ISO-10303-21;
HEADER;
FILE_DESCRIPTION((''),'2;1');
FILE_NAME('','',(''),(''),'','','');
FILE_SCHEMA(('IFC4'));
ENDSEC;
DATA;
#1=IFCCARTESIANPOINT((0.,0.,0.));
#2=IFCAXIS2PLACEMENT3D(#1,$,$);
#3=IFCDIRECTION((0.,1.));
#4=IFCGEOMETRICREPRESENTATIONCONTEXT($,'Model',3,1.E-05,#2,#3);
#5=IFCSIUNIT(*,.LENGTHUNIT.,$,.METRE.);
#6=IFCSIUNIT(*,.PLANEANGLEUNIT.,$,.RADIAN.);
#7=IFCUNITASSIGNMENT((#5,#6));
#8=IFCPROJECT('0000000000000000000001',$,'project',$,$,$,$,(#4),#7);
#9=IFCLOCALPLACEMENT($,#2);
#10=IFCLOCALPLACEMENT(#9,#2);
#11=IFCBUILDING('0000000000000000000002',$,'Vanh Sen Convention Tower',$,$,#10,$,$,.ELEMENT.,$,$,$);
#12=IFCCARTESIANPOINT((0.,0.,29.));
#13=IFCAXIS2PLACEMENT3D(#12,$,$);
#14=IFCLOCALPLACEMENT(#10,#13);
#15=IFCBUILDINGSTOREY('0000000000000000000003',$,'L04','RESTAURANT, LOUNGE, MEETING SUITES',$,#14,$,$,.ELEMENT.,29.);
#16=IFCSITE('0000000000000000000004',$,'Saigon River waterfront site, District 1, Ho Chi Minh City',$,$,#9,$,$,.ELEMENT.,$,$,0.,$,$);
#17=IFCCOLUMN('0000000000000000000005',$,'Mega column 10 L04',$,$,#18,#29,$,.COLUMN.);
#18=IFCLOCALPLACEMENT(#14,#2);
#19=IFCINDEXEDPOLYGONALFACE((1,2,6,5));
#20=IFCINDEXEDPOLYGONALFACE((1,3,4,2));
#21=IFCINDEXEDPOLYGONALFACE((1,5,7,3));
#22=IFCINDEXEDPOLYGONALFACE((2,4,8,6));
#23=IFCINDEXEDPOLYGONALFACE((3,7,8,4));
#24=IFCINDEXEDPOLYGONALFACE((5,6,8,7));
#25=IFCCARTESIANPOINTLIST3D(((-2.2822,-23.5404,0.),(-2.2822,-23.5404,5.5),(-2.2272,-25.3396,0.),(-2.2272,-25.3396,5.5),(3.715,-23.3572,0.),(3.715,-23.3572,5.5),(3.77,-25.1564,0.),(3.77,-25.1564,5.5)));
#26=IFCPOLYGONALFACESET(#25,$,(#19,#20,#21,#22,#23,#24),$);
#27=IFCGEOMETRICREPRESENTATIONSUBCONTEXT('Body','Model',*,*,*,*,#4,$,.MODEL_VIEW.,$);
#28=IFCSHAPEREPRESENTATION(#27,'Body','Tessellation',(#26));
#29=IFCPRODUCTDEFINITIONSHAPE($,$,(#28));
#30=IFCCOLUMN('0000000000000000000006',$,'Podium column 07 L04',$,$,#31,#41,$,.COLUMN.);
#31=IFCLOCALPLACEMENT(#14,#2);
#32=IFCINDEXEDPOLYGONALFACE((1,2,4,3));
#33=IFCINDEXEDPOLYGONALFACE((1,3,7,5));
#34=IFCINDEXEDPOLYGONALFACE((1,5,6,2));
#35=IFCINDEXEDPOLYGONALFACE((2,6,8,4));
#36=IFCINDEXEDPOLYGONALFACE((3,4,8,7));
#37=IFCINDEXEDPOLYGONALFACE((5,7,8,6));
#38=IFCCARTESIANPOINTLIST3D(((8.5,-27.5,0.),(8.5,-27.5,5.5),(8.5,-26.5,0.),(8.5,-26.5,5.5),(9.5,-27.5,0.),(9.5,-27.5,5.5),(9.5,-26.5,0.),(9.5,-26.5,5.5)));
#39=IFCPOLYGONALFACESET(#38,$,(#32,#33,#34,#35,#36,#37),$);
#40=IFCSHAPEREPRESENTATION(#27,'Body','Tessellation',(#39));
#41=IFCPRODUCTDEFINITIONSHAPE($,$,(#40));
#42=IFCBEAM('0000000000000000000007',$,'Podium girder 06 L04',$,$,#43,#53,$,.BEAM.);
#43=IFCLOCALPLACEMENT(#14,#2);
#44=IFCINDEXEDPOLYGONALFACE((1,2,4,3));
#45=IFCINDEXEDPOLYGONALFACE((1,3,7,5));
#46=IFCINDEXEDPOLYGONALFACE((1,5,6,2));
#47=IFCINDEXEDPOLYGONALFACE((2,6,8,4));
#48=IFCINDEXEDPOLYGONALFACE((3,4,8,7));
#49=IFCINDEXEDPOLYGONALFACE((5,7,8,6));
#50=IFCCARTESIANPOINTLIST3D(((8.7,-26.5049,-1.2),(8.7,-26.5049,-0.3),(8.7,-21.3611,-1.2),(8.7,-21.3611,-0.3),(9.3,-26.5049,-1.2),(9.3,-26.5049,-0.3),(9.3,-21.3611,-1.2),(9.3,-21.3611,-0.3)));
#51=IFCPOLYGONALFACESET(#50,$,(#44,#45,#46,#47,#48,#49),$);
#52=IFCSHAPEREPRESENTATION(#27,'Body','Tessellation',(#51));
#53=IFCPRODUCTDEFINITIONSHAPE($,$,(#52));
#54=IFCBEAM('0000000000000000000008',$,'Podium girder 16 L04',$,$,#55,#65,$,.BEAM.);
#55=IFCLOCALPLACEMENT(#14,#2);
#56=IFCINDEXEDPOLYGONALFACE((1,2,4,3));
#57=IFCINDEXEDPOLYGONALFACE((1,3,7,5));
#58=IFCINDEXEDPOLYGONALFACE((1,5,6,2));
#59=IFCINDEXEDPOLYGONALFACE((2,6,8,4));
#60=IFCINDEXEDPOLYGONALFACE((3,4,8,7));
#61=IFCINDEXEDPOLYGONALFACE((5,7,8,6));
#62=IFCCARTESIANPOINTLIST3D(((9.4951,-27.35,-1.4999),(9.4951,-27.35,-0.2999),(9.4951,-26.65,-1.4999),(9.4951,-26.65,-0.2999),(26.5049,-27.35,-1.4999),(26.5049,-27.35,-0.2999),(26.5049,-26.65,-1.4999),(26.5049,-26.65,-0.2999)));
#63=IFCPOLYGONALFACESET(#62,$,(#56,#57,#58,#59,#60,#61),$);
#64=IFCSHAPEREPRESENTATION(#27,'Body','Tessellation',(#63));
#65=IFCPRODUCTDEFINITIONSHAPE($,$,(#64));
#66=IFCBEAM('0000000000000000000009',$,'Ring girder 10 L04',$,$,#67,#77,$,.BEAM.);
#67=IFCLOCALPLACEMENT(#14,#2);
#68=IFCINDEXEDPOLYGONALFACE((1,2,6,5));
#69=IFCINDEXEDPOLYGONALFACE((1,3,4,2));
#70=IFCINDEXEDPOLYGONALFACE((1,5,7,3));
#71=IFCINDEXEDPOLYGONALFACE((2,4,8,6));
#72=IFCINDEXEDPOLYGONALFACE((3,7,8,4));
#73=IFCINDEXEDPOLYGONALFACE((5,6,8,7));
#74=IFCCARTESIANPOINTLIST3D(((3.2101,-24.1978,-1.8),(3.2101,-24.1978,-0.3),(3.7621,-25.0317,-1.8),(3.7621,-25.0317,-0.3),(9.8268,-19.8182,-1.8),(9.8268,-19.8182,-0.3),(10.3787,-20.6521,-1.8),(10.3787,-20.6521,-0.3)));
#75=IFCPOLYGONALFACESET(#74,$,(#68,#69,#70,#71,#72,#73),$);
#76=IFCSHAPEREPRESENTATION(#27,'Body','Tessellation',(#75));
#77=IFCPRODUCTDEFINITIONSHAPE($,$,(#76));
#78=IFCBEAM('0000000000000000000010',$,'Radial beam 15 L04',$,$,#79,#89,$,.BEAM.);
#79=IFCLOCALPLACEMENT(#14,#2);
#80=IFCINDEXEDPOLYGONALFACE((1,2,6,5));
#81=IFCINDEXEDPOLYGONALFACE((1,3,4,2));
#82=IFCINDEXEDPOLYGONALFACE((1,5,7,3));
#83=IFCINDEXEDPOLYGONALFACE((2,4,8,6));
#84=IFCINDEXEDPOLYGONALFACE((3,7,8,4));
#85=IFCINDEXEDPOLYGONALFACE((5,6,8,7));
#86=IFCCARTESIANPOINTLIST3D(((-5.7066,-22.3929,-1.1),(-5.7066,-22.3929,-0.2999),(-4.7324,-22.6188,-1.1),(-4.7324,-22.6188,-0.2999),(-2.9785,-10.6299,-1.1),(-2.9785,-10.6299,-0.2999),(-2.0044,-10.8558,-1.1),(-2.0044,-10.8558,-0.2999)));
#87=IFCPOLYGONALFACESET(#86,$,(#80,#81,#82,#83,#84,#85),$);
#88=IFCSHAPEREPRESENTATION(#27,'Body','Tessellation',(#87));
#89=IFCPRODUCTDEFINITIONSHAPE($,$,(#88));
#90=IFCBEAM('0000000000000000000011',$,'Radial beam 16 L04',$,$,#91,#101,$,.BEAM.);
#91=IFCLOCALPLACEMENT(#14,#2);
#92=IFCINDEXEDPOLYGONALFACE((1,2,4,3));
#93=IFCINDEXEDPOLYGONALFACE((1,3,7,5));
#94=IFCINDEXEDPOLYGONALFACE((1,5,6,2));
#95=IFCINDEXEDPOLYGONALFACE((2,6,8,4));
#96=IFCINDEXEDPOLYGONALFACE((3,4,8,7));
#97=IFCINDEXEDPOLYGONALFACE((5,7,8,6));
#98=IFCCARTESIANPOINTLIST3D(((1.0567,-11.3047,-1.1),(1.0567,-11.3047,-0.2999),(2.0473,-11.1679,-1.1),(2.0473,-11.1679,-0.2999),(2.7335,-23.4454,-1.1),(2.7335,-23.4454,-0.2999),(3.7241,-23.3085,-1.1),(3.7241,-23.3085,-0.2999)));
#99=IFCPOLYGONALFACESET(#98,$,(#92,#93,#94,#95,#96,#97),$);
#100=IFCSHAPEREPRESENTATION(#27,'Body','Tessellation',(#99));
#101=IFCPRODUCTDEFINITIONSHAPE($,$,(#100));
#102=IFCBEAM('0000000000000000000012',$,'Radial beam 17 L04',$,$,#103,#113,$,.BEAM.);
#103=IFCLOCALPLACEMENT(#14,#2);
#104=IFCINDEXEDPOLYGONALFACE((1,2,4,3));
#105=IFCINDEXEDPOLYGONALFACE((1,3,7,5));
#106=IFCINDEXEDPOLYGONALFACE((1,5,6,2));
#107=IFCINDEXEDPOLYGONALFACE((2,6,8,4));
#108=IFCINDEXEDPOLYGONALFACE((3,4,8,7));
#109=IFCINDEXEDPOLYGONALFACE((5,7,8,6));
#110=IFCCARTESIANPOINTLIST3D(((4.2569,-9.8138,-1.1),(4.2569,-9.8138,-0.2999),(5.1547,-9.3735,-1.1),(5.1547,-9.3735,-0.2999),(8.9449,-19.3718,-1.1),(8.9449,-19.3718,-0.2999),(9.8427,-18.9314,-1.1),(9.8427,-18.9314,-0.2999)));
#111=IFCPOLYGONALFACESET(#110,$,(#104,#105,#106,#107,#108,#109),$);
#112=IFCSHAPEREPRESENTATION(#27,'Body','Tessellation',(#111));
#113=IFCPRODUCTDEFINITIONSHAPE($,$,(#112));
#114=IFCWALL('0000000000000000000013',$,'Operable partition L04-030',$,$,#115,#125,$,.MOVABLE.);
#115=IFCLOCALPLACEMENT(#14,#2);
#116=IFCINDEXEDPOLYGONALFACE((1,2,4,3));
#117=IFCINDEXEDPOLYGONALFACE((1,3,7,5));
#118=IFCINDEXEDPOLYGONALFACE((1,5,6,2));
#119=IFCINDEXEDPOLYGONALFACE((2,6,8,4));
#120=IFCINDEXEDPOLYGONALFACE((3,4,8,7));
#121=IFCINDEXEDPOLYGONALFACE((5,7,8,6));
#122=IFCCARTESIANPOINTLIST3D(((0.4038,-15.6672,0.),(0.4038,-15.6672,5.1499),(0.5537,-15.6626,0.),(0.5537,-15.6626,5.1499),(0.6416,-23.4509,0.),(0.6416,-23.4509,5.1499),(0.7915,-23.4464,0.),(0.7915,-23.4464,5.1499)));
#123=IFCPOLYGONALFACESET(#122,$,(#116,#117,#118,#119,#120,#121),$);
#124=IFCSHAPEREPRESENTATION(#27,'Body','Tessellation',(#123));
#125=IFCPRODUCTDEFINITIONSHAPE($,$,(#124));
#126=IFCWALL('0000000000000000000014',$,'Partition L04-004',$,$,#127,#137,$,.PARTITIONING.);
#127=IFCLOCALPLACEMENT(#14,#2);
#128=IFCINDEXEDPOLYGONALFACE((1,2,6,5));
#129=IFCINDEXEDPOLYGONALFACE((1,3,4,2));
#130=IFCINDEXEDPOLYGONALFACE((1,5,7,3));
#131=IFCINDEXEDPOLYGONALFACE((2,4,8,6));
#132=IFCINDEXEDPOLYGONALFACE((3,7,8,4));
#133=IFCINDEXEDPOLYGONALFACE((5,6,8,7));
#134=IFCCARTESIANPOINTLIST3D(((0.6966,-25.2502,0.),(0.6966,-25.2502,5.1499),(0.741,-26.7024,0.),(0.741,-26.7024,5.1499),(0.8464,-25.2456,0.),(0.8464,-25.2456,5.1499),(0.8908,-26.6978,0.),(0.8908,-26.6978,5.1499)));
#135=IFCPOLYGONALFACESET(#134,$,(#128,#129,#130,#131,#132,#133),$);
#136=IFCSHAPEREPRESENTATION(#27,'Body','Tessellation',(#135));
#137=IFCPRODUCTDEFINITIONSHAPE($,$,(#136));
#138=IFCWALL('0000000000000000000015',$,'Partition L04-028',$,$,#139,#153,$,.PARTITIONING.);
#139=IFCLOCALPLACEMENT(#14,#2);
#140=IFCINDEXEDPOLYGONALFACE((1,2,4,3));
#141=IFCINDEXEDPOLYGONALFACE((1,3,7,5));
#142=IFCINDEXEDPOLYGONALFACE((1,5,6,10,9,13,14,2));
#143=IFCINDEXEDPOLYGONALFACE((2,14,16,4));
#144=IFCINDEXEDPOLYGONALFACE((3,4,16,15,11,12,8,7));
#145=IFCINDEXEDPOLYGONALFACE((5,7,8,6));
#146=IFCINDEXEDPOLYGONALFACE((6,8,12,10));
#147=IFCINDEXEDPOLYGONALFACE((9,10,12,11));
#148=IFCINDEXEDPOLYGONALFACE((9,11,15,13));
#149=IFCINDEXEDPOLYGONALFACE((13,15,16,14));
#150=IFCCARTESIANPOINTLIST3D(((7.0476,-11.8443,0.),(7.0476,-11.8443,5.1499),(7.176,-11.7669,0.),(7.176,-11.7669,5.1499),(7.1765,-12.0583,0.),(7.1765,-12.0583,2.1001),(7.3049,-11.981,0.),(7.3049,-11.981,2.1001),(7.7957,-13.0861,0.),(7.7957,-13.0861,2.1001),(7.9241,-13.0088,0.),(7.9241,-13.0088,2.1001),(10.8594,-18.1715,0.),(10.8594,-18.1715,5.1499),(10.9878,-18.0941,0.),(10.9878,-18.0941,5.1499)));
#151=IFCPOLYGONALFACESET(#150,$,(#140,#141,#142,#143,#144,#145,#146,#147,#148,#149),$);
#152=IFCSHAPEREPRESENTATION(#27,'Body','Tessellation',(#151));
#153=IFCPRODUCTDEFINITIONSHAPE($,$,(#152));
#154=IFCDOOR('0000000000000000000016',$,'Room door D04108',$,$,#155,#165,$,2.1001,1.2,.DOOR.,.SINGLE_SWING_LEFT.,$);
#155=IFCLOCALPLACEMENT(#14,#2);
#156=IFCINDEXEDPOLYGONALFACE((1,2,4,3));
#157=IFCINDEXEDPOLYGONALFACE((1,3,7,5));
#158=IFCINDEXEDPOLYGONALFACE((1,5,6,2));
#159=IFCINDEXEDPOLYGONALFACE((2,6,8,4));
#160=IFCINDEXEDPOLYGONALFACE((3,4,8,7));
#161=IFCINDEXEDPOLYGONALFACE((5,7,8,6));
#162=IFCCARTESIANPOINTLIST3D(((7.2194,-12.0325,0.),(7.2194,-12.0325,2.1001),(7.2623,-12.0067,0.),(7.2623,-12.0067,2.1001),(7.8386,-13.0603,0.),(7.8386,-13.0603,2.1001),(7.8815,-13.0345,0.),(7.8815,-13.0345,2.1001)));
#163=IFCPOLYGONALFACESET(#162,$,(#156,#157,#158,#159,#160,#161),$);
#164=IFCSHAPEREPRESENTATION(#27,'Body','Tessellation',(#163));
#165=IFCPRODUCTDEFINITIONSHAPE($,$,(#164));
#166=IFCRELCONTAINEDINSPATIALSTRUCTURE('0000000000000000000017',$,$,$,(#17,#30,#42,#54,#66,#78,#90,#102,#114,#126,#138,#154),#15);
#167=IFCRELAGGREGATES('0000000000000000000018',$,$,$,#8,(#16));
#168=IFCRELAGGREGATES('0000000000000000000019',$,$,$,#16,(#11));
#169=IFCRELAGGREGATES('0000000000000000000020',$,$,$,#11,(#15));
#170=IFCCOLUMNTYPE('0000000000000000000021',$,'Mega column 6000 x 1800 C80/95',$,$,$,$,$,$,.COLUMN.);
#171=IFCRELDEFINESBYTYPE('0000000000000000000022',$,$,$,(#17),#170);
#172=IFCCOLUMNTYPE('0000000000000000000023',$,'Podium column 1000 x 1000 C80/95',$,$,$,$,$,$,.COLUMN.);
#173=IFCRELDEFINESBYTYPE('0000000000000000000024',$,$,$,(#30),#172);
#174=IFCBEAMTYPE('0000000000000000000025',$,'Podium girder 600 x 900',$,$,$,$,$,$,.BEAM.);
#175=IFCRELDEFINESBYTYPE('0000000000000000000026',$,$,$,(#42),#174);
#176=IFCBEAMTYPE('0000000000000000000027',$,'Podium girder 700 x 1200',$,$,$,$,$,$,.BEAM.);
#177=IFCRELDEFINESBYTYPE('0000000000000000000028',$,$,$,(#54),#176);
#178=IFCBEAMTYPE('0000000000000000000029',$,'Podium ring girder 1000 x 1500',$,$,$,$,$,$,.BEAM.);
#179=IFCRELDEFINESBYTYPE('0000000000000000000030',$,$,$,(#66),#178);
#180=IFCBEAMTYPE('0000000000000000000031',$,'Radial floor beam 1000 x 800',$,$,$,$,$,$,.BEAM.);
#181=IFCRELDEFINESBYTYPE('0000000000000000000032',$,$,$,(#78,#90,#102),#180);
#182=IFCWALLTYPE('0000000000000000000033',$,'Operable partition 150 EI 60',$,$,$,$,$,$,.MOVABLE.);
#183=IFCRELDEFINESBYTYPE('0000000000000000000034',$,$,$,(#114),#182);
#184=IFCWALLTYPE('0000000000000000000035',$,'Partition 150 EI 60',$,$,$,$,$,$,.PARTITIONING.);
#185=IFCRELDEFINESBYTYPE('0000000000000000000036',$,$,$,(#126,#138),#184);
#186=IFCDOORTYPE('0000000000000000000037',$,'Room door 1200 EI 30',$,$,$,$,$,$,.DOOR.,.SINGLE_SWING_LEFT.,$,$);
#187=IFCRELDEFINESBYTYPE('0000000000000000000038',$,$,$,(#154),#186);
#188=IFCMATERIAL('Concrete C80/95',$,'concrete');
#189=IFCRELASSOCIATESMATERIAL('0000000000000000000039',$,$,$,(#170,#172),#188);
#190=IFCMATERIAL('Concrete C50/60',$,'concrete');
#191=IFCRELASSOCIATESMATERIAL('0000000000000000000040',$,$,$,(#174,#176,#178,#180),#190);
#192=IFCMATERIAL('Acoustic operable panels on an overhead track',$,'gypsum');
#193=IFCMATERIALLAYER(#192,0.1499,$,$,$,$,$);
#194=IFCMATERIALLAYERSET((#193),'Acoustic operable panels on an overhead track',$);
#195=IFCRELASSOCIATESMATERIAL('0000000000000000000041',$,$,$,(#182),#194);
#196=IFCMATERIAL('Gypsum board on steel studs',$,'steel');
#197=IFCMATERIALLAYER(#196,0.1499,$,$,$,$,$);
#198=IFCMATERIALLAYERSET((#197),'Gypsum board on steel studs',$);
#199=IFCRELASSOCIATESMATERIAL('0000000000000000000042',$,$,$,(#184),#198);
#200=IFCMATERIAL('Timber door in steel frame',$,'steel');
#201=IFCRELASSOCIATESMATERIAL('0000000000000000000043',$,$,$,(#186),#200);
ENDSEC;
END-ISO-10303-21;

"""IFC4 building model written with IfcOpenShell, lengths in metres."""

from ifc_helpers import new_model, si_unit, direction, frame, frame_2d, origin, origin_2d, place, context, subcontext, project, spatial, rectangle, extrude, material, layer, layer_set, material_profile, profile_set, type_object, element, fill, save


model = new_model("IFC4")

# Units and contexts
model_context = context("Model", 3, precision=1e-05, world=origin(), true_north=direction((0.0, 1.0)))
body_context = subcontext(model_context, "Body", "Model", "MODEL_VIEW")
ifc_project = project(units=[si_unit("LENGTHUNIT", "METRE"), si_unit("PLANEANGLEUNIT", "RADIAN")], contexts=[model_context])

# Site, building, storey
site_placement = place(None, origin())
site = spatial("IfcSite", under=ifc_project, at=site_placement, Name="Saigon River waterfront site, District 1, Ho Chi Minh City", CompositionType="ELEMENT", RefElevation=0.0)
building_placement = place(site_placement, origin())
building = spatial("IfcBuilding", under=site, at=building_placement, Name="Vanh Sen Convention Tower", CompositionType="ELEMENT")
storey_placement = place(building_placement, frame((0.0, 0.0, 29.0)))
storey = spatial("IfcBuildingStorey", under=building, at=storey_placement, Name="L04", Description="RESTAURANT, LOUNGE, MEETING SUITES", CompositionType="ELEMENT", Elevation=29.0)

# Columns
ifc_material_1 = material(Name="Concrete C80/95", Category="concrete")
ifc_material_profile_1 = material_profile(ifc_material_1, rectangle(XDim=6.0, YDim=1.8, at=origin_2d()), Name="RC 6000X1800")
ifc_profile_set_1 = profile_set([ifc_material_profile_1], Name="Concrete C80/95")
column_type_1 = type_object("IfcColumnType", Name="Mega column 6000 x 1800 C80/95", PredefinedType="COLUMN", material=ifc_profile_set_1)
column_1_placement = place(storey_placement, frame((0.7439, -24.3484, 0.0), z_axis=(0.0, 0.0, 1.0), x_axis=(0.999533, 0.030542, 0.0)))
element("IfcColumn", 1, at=column_1_placement, inside=storey, type_object=column_type_1, Name="Mega column 10 L04", PredefinedType="COLUMN", context=body_context, shape_type="SweptSolid", body=[
    extrude(rectangle(XDim=6.0, YDim=1.8, at=origin_2d()), origin(), (0.0, 0.0, 1.0), 5.5),
])
ifc_material_profile_2 = material_profile(ifc_material_1, rectangle(XDim=1.0, YDim=1.0, at=origin_2d()), Name="RC 1000X1000")
ifc_profile_set_2 = profile_set([ifc_material_profile_2], Name="Concrete C80/95")
column_type_2 = type_object("IfcColumnType", Name="Podium column 1000 x 1000 C80/95", PredefinedType="COLUMN", material=ifc_profile_set_2)
column_2_placement = place(storey_placement, frame((9.0, -27.0, 0.0), z_axis=(0.0, 0.0, 1.0), x_axis=(1.0, 0.0, 0.0)))
element("IfcColumn", 2, at=column_2_placement, inside=storey, type_object=column_type_2, Name="Podium column 07 L04", PredefinedType="COLUMN", context=body_context, shape_type="SweptSolid", body=[
    extrude(rectangle(XDim=1.0, YDim=1.0, at=origin_2d()), origin(), (0.0, 0.0, 1.0), 5.5),
])

# Beams
ifc_material_2 = material(Name="Concrete C50/60", Category="concrete")
ifc_material_profile_3 = material_profile(ifc_material_2, rectangle(XDim=0.6001, YDim=0.8999, at=origin_2d()), Name="RC 600X900")
ifc_profile_set_3 = profile_set([ifc_material_profile_3], Name="Concrete C50/60")
beam_type_1 = type_object("IfcBeamType", Name="Podium girder 600 x 900", PredefinedType="BEAM", material=ifc_profile_set_3)
beam_1_placement = place(storey_placement, frame((9.0, -26.5049, -0.75), z_axis=(0.0, 1.0, 0.0), x_axis=(-1.0, 0.0, 0.0)))
element("IfcBeam", 3, at=beam_1_placement, inside=storey, type_object=beam_type_1, Name="Podium girder 06 L04", PredefinedType="BEAM", context=body_context, shape_type="SweptSolid", body=[
    extrude(rectangle(XDim=0.6001, YDim=0.8999, at=origin_2d()), origin(), (0.0, 0.0, 1.0), 5.1438),
])
ifc_material_profile_4 = material_profile(ifc_material_2, rectangle(XDim=0.7, YDim=1.2, at=origin_2d()), Name="RC 700X1200")
ifc_profile_set_4 = profile_set([ifc_material_profile_4], Name="Concrete C50/60")
beam_type_2 = type_object("IfcBeamType", Name="Podium girder 700 x 1200", PredefinedType="BEAM", material=ifc_profile_set_4)
beam_2_placement = place(storey_placement, frame((9.4951, -27.0, -0.8999), z_axis=(1.0, 0.0, 0.0), x_axis=(0.0, 1.0, 0.0)))
element("IfcBeam", 4, at=beam_2_placement, inside=storey, type_object=beam_type_2, Name="Podium girder 16 L04", PredefinedType="BEAM", context=body_context, shape_type="SweptSolid", body=[
    extrude(rectangle(XDim=0.7, YDim=1.2, at=origin_2d()), origin(), (0.0, 0.0, 1.0), 17.0098),
])
ifc_material_profile_5 = material_profile(ifc_material_2, rectangle(XDim=1.0, YDim=1.5, at=origin_2d()), Name="RC 1000X1500")
ifc_profile_set_5 = profile_set([ifc_material_profile_5], Name="Concrete C50/60")
beam_type_3 = type_object("IfcBeamType", Name="Podium ring girder 1000 x 1500", PredefinedType="BEAM", material=ifc_profile_set_5)
beam_3_placement = place(storey_placement, frame((3.4861, -24.6147, -1.05), z_axis=(0.833878, 0.551949, 0.0), x_axis=(-0.551949, 0.833878, 0.0)))
element("IfcBeam", 5, at=beam_3_placement, inside=storey, type_object=beam_type_3, Name="Ring girder 10 L04", PredefinedType="BEAM", context=body_context, shape_type="SweptSolid", body=[
    extrude(rectangle(XDim=1.0, YDim=1.5, at=origin_2d()), origin(), (0.0, 0.0, 1.0), 7.9348),
])
ifc_material_profile_6 = material_profile(ifc_material_2, rectangle(XDim=1.0, YDim=0.8, at=origin_2d()), Name="RC 1000X800")
ifc_profile_set_6 = profile_set([ifc_material_profile_6], Name="Concrete C50/60")
beam_type_4 = type_object("IfcBeamType", Name="Radial floor beam 1000 x 800", PredefinedType="BEAM", material=ifc_profile_set_6)
beam_4_placement = place(storey_placement, frame((-5.2195, -22.5059, -0.7), z_axis=(0.225921, 0.974146, 0.0), x_axis=(-0.974146, 0.225921, 0.0)))
element("IfcBeam", 6, at=beam_4_placement, inside=storey, type_object=beam_type_4, Name="Radial beam 15 L04", PredefinedType="BEAM", context=body_context, shape_type="SweptSolid", body=[
    extrude(rectangle(XDim=1.0, YDim=0.8, at=origin_2d()), origin(), (0.0, 0.0, 1.0), 12.0752),
])
beam_5_placement = place(storey_placement, frame((3.2288, -23.377, -0.7), z_axis=(-0.136813, 0.990597, 0.0), x_axis=(-0.990597, -0.136813, 0.0)))
element("IfcBeam", 7, at=beam_5_placement, inside=storey, type_object=beam_type_4, Name="Radial beam 16 L04", PredefinedType="BEAM", context=body_context, shape_type="SweptSolid", body=[
    extrude(rectangle(XDim=1.0, YDim=0.8, at=origin_2d()), origin(), (0.0, 0.0, 1.0), 12.2559),
])
beam_6_placement = place(storey_placement, frame((9.3938, -19.1516, -0.7), z_axis=(-0.440366, 0.897818, 0.0), x_axis=(-0.897818, -0.440366, 0.0)))
element("IfcBeam", 8, at=beam_6_placement, inside=storey, type_object=beam_type_4, Name="Radial beam 17 L04", PredefinedType="BEAM", context=body_context, shape_type="SweptSolid", body=[
    extrude(rectangle(XDim=1.0, YDim=0.8, at=origin_2d()), origin(), (0.0, 0.0, 1.0), 10.6458),
])

# Walls
ifc_material_3 = material(Name="Acoustic operable panels on an overhead track", Category="gypsum")
ifc_layer_1 = layer(ifc_material_3, 0.1499)
ifc_layer_set_1 = layer_set([ifc_layer_1], Name="Acoustic operable panels on an overhead track")
wall_type_1 = type_object("IfcWallType", Name="Operable partition 150 EI 60", PredefinedType="MOVABLE", material=ifc_layer_set_1)
wall_1_placement = place(storey_placement, frame((0.4788, -15.665, 0.0), z_axis=(0.0, 0.0, 1.0), x_axis=(0.030536, -0.999534, 0.0)))
element("IfcWall", 9, at=wall_1_placement, inside=storey, type_object=wall_type_1, Name="Operable partition L04-030", PredefinedType="MOVABLE", context=body_context, shape_type="SweptSolid", body=[
    extrude(rectangle(XDim=7.7874, YDim=0.1499, at=frame_2d((3.8936, 0.0))), origin(), (0.0, 0.0, 1.0), 5.1499),
])
ifc_material_4 = material(Name="Gypsum board on steel studs", Category="steel")
ifc_layer_2 = layer(ifc_material_4, 0.1499)
ifc_layer_set_2 = layer_set([ifc_layer_2], Name="Gypsum board on steel studs")
wall_type_2 = type_object("IfcWallType", Name="Partition 150 EI 60", PredefinedType="PARTITIONING", material=ifc_layer_set_2)
wall_2_placement = place(storey_placement, frame((0.7715, -25.2478, 0.0), z_axis=(0.0, 0.0, 1.0), x_axis=(0.030584, -0.999532, 0.0)))
element("IfcWall", 10, at=wall_2_placement, inside=storey, type_object=wall_type_2, Name="Partition L04-004", PredefinedType="PARTITIONING", context=body_context, shape_type="SweptSolid", body=[
    extrude(rectangle(XDim=1.4529, YDim=0.1499, at=frame_2d((0.7266, 0.0))), origin(), (0.0, 0.0, 1.0), 5.1499),
])

# Wall, opening, door
wall_3_placement = place(storey_placement, frame((10.9236, -18.1328, 0.0), z_axis=(0.0, 0.0, 1.0), x_axis=(-0.516036, 0.856567, 0.0)))
wall_3 = element("IfcWall", 11, at=wall_3_placement, inside=storey, type_object=wall_type_2, Name="Partition L04-028", PredefinedType="PARTITIONING", context=body_context, shape_type="SweptSolid", body=[
    extrude(rectangle(XDim=7.3867, YDim=0.1499, at=frame_2d((3.6934, 0.0))), origin(), (0.0, 0.0, 1.0), 5.1499),
])
opening_1_placement = place(wall_3_placement, frame((5.9368, 0.0, 0.0)))
opening_1 = element("IfcOpeningElement", 12, at=opening_1_placement, cuts=wall_3, PredefinedType="OPENING", context=body_context, shape_type="SweptSolid", body=[
    extrude(rectangle(XDim=1.2, YDim=2.1001, at=frame_2d((0.6001, 1.05))), frame((0.0, 0.085, 0.0), z_axis=(0.0, -1.0, 0.0), x_axis=(1.0, 0.0, 0.0)), (0.0, 0.0, 1.0), 0.1699),
])
ifc_material_5 = material(Name="Timber door in steel frame", Category="steel")
door_type = type_object("IfcDoorType", Name="Room door 1200 EI 30", OperationType="SINGLE_SWING_LEFT", PredefinedType="DOOR", material=ifc_material_5)
door_1_placement = place(opening_1_placement, origin())
door_1 = element("IfcDoor", 13, at=door_1_placement, inside=storey, type_object=door_type, Name="Room door D04108", OperationType="SINGLE_SWING_LEFT", OverallHeight=2.1001, OverallWidth=1.2, PredefinedType="DOOR", context=body_context, shape_type="SweptSolid", body=[
    extrude(rectangle(XDim=1.2, YDim=2.1001, at=frame_2d((0.6001, 1.05))), frame((0.0, 0.0249, 0.0), z_axis=(0.0, -1.0, 0.0), x_axis=(1.0, 0.0, 0.0)), (0.0, 0.0, 1.0), 0.05),
])
fill(opening_1, door_1)

save(model, "model.ifc")
